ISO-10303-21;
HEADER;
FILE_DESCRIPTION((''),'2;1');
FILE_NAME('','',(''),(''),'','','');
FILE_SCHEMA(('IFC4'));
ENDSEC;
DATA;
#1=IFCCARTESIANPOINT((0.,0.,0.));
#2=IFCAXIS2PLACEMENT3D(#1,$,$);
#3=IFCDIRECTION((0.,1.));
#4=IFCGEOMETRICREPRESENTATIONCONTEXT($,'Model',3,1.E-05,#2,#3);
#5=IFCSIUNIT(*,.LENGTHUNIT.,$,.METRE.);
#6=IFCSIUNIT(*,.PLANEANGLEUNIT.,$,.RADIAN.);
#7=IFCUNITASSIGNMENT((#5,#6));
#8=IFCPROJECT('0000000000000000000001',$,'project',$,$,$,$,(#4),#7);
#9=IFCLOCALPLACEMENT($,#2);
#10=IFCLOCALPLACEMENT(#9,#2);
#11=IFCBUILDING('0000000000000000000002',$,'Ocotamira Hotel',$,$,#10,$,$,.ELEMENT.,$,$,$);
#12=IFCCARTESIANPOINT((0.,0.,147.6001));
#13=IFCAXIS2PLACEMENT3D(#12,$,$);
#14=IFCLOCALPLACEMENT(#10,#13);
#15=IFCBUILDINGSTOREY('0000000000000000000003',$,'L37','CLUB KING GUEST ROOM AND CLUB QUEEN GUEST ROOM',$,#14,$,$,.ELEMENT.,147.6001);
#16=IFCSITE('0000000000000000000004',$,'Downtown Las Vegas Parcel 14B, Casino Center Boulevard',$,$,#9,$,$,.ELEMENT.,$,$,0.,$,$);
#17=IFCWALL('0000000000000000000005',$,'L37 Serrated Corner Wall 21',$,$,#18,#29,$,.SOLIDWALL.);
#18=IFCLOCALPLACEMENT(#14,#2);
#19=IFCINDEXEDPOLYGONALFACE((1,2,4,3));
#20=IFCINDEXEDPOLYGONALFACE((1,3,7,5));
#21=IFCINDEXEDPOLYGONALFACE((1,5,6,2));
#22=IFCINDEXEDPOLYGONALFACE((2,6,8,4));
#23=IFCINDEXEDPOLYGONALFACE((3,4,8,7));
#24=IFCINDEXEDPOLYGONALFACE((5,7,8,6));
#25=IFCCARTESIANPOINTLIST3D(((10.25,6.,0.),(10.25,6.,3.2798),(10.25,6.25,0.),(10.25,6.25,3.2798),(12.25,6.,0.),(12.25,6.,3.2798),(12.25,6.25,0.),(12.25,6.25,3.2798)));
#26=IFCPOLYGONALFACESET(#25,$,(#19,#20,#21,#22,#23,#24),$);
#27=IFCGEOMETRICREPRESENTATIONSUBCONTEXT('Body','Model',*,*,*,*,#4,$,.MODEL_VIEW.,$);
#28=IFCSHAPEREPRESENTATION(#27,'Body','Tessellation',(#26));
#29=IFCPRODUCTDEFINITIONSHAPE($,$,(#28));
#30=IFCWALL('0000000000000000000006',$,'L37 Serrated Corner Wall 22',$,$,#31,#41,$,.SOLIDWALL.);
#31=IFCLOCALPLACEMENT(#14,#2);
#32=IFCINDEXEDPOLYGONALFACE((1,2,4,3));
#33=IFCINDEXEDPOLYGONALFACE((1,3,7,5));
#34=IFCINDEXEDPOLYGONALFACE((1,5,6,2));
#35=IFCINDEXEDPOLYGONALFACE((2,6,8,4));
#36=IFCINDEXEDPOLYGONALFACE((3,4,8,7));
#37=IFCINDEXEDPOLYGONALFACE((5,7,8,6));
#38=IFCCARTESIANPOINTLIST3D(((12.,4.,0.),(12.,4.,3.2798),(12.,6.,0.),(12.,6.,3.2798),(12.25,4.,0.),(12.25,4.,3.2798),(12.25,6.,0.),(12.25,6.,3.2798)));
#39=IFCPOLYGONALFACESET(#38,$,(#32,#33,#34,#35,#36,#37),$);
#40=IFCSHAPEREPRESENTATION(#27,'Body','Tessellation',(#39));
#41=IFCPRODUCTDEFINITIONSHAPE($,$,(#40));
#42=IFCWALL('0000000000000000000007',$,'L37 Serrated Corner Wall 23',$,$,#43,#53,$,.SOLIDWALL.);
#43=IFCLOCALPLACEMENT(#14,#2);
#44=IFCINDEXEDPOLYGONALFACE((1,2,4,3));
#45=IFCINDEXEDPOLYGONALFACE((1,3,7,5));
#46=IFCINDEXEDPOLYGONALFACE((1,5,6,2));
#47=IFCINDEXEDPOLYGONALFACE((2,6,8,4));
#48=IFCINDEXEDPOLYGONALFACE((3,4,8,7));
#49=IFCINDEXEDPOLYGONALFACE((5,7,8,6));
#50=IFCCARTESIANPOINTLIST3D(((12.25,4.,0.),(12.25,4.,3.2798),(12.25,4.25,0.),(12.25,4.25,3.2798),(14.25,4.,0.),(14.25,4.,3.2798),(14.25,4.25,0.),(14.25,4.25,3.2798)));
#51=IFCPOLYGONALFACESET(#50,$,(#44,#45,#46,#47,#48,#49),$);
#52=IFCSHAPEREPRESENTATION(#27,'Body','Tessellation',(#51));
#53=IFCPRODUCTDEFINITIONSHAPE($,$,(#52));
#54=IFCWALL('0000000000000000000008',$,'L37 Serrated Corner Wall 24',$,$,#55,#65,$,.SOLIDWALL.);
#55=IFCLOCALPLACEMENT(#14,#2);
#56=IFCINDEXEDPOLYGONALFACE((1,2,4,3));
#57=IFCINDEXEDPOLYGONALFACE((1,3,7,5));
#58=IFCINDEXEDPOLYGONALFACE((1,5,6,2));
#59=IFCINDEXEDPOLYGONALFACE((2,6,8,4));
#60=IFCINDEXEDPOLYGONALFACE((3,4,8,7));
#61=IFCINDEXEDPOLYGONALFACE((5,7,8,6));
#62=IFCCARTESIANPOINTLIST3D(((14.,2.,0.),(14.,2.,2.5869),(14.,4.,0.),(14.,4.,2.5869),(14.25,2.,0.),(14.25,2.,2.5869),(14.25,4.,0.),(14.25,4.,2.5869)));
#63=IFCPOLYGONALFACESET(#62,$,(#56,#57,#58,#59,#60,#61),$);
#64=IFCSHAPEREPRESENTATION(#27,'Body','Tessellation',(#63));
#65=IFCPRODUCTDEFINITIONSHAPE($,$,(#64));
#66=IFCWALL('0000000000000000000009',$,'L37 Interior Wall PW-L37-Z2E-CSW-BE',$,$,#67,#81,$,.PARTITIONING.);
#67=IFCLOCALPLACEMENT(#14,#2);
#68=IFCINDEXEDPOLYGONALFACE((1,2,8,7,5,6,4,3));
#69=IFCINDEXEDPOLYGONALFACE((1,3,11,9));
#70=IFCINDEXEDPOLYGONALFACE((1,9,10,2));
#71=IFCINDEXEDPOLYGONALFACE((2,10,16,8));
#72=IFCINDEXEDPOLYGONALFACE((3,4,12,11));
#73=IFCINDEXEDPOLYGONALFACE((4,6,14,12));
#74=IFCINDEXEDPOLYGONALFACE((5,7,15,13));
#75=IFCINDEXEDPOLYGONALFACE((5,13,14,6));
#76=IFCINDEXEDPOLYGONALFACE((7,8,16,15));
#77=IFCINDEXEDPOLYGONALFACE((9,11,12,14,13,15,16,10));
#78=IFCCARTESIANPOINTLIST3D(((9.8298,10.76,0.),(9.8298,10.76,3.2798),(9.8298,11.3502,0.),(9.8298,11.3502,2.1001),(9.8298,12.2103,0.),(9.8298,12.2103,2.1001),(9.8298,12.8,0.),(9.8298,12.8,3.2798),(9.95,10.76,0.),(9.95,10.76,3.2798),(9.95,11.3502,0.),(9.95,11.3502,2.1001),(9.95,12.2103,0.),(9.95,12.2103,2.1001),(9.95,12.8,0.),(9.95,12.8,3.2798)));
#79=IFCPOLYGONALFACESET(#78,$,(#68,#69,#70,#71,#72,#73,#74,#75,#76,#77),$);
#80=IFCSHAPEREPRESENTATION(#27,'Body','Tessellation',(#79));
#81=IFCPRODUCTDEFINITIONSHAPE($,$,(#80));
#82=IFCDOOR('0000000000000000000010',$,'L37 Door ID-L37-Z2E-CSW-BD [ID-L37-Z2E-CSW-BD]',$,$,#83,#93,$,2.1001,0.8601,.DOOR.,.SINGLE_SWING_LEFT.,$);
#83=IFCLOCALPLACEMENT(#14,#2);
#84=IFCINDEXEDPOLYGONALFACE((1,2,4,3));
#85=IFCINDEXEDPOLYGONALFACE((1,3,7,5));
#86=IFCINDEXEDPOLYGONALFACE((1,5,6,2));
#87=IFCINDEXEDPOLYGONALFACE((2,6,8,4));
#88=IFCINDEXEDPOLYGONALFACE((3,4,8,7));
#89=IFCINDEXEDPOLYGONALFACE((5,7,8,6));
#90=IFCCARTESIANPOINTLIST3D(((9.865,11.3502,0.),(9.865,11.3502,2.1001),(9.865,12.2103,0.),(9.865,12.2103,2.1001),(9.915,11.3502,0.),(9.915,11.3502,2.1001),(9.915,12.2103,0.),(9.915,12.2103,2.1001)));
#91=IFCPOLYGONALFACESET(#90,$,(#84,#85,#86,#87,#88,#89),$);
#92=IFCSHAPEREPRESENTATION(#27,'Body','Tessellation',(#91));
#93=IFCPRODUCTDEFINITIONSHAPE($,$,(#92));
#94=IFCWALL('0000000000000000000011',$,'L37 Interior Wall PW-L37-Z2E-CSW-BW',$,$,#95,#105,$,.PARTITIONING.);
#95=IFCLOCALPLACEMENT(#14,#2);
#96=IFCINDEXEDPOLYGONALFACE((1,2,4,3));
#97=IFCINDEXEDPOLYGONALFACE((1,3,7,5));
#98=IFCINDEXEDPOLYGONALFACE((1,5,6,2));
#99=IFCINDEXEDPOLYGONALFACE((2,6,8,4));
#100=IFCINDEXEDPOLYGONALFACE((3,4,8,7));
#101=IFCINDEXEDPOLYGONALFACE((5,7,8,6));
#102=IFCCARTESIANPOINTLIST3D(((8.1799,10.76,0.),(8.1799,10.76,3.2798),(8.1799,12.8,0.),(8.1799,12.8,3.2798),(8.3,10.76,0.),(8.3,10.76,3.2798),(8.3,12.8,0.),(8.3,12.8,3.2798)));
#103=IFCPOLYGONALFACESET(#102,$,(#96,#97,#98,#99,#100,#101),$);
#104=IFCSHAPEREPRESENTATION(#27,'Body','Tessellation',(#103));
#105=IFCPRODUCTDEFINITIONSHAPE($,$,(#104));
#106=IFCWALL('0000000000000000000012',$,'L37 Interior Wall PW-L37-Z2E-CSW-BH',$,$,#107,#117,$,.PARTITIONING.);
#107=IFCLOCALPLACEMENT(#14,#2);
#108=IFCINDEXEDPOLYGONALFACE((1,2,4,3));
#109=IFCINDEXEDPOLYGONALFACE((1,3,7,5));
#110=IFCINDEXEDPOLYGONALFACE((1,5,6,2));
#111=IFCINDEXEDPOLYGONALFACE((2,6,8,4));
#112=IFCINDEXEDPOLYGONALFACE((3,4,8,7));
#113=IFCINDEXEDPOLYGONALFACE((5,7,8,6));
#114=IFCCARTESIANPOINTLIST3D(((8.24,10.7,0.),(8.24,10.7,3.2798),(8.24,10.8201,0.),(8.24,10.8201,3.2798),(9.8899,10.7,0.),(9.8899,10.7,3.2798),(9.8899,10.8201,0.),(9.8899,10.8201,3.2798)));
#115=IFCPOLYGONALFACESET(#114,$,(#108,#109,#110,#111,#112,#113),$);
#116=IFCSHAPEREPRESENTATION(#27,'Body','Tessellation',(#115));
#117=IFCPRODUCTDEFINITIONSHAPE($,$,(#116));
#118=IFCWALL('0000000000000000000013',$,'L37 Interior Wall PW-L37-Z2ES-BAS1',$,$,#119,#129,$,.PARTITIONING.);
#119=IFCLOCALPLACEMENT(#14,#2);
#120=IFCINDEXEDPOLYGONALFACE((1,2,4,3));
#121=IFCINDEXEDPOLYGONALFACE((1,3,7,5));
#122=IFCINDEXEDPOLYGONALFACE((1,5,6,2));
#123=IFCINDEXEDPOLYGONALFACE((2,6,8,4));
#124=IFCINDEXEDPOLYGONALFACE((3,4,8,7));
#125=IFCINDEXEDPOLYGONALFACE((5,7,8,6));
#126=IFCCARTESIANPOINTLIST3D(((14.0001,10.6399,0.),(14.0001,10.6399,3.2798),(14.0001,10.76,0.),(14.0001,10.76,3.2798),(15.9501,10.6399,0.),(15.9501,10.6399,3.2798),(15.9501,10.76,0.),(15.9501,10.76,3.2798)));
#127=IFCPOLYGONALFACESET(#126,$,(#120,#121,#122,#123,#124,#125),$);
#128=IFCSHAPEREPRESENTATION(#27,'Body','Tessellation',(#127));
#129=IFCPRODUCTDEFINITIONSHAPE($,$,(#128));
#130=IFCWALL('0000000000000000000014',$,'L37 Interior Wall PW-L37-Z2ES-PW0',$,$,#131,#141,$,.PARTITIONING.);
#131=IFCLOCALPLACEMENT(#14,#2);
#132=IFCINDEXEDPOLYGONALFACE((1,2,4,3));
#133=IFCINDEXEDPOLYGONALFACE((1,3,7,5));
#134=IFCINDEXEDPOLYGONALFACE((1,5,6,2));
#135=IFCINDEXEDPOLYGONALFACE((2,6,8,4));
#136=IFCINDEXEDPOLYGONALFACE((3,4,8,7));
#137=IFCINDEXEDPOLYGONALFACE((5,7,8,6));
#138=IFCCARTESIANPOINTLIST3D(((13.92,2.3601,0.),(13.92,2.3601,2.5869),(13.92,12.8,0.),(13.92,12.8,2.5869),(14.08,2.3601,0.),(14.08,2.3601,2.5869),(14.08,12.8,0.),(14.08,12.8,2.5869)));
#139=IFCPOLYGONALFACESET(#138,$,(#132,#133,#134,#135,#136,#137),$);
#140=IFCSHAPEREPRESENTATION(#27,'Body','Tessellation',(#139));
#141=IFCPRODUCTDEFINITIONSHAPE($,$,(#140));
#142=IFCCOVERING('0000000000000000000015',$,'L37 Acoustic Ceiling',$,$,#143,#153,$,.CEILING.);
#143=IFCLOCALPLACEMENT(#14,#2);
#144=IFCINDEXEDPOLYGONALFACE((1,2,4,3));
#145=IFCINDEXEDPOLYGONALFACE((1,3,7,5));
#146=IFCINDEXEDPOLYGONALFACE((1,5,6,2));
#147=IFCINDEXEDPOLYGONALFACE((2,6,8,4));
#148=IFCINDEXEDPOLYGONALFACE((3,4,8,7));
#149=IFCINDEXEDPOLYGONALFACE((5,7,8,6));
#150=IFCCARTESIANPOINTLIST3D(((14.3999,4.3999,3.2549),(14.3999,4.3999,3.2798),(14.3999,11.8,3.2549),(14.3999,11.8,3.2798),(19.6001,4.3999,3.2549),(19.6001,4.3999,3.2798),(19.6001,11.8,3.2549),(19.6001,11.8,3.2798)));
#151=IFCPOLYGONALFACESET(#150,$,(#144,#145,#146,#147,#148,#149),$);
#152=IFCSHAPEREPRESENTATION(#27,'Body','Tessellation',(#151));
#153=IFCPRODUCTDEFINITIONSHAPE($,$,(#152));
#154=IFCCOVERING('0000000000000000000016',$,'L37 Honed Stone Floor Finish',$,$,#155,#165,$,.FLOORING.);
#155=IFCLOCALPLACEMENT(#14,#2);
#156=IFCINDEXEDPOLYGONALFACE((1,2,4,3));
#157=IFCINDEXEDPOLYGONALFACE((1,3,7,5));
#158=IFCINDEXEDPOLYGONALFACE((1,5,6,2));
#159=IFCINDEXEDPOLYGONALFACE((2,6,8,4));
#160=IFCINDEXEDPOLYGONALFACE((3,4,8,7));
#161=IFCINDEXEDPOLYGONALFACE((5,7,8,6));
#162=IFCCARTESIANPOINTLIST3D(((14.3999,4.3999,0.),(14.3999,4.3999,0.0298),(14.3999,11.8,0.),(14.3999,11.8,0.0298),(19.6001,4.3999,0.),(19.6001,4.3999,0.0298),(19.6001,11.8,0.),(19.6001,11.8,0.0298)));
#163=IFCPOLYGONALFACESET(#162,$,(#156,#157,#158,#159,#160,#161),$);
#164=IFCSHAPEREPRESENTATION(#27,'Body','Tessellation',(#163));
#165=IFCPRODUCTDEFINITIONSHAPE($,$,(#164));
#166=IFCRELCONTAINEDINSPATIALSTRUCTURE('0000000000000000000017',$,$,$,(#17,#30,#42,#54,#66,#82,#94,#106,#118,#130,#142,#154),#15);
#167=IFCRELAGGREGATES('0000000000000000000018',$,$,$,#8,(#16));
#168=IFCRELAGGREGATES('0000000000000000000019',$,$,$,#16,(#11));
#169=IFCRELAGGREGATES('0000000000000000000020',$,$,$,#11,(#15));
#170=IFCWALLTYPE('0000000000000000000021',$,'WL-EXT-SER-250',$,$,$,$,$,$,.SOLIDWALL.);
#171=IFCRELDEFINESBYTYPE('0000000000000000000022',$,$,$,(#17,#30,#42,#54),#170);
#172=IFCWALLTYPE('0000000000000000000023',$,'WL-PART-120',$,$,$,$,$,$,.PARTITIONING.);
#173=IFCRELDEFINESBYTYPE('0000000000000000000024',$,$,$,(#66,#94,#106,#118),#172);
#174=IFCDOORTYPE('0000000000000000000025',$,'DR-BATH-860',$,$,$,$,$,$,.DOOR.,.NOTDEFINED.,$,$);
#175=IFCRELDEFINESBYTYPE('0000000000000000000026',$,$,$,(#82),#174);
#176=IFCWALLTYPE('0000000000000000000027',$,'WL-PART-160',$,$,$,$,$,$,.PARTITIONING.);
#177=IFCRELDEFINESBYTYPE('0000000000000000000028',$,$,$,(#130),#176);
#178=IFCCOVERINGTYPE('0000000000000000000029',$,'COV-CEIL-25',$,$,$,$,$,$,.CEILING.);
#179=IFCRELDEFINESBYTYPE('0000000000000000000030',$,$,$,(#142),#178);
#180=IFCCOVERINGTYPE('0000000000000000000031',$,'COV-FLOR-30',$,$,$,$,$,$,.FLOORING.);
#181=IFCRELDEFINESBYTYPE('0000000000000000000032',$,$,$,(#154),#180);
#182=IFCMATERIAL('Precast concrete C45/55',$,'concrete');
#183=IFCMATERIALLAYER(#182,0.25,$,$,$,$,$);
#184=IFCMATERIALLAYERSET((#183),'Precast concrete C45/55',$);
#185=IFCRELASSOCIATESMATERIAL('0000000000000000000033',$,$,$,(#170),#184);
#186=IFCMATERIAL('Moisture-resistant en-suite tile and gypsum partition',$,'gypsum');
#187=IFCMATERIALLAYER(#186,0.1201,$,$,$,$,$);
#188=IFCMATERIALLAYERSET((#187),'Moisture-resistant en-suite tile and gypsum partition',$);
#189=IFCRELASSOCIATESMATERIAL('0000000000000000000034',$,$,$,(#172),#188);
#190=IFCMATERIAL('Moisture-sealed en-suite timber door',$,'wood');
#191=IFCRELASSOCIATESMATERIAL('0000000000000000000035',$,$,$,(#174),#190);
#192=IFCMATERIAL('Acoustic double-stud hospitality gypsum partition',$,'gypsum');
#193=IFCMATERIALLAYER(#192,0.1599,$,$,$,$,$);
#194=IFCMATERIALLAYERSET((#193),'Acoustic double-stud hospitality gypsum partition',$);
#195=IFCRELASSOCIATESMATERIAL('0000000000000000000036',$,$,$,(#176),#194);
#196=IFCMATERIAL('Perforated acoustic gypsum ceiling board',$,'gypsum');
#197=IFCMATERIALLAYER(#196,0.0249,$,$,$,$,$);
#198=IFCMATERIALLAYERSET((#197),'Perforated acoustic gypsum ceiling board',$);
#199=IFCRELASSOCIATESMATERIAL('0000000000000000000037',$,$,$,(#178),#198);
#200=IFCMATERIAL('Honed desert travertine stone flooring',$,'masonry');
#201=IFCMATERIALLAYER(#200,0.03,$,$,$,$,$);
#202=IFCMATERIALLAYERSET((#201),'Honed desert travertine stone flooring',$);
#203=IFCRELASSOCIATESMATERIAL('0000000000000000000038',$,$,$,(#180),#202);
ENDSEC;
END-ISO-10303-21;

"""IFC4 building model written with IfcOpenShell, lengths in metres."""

from ifc_helpers import new_model, si_unit, direction, frame, frame_2d, origin, place, context, subcontext, project, spatial, polyline, rectangle, outline, extrude, source, transform, mapped, material, layer, layer_set, type_object, element, fill, save


model = new_model("IFC4")

# Units and contexts
model_context = context("Model", 3, precision=1e-05, world=origin(), true_north=direction((0.0, 1.0)))
body_context = subcontext(model_context, "Body", "Model", "MODEL_VIEW")
ifc_project = project(units=[si_unit("LENGTHUNIT", "METRE"), si_unit("PLANEANGLEUNIT", "RADIAN")], contexts=[model_context])

# Site, building, storey
site_placement = place(None, origin())
site = spatial("IfcSite", under=ifc_project, at=site_placement, Name="Downtown Las Vegas Parcel 14B, Casino Center Boulevard", CompositionType="ELEMENT", RefElevation=0.0)
building_placement = place(site_placement, origin())
building = spatial("IfcBuilding", under=site, at=building_placement, Name="Ocotamira Hotel", CompositionType="ELEMENT")
storey_placement = place(building_placement, frame((0.0, 0.0, 147.6001)))
storey = spatial("IfcBuildingStorey", under=building, at=storey_placement, Name="L37", Description="CLUB KING GUEST ROOM AND CLUB QUEEN GUEST ROOM", CompositionType="ELEMENT", Elevation=147.6001)

# Walls
ifc_material_1 = material(Name="Precast concrete C45/55", Category="concrete")
ifc_layer_1 = layer(ifc_material_1, 0.25)
ifc_layer_set_1 = layer_set([ifc_layer_1], Name="Precast concrete C45/55")
wall_type_1 = type_object("IfcWallType", Name="WL-EXT-SER-250", PredefinedType="SOLIDWALL", material=ifc_layer_set_1)
for number, where, z_axis, x_axis, name in (
    (1, (10.25, 6.125, 0.0), (0.0, 0.0, 1.0), (1.0, 0.0, 0.0), "L37 Serrated Corner Wall 21"),
    (2, (12.125, 6.0, 0.0), (0.0, 0.0, 1.0), (0.0, -1.0, 0.0), "L37 Serrated Corner Wall 22"),
    (3, (12.25, 4.125, 0.0), (0.0, 0.0, 1.0), (1.0, 0.0, 0.0), "L37 Serrated Corner Wall 23"),
):
    element("IfcWall", number, at=place(storey_placement, frame(where, z_axis=z_axis, x_axis=x_axis)), inside=storey, type_object=wall_type_1, Name=name, PredefinedType="SOLIDWALL", context=body_context, shape_type="SweptSolid", body=[
        extrude(rectangle(XDim=2.0, YDim=0.25, at=frame_2d((1.0, 0.0))), origin(), (0.0, 0.0, 1.0), 3.2798),
    ])
wall_1_placement = place(storey_placement, frame((14.125, 4.0, 0.0), z_axis=(0.0, 0.0, 1.0), x_axis=(0.0, -1.0, 0.0)))
element("IfcWall", 4, at=wall_1_placement, inside=storey, type_object=wall_type_1, Name="L37 Serrated Corner Wall 24", PredefinedType="SOLIDWALL", context=body_context, shape_type="SweptSolid", body=[
    extrude(rectangle(XDim=2.0, YDim=0.25, at=frame_2d((1.0, 0.0))), origin(), (0.0, 0.0, 1.0), 2.5869),
])

# Wall, opening, door
ifc_material_2 = material(Name="Moisture-resistant en-suite tile and gypsum partition", Category="gypsum")
ifc_layer_2 = layer(ifc_material_2, 0.1201)
ifc_layer_set_2 = layer_set([ifc_layer_2], Name="Moisture-resistant en-suite tile and gypsum partition")
wall_type_2 = type_object("IfcWallType", Name="WL-PART-120", PredefinedType="PARTITIONING", material=ifc_layer_set_2)
wall_2_placement = place(storey_placement, frame((9.8899, 10.76, 0.0), z_axis=(0.0, 0.0, 1.0), x_axis=(0.0, 1.0, 0.0)))
wall_2 = element("IfcWall", 5, at=wall_2_placement, inside=storey, type_object=wall_type_2, Name="L37 Interior Wall PW-L37-Z2E-CSW-BE", PredefinedType="PARTITIONING", context=body_context, shape_type="SweptSolid", body=[
    extrude(rectangle(XDim=2.04, YDim=0.1201, at=frame_2d((1.02, 0.0))), origin(), (0.0, 0.0, 1.0), 3.2798),
])
opening_1_placement = place(wall_2_placement, frame((0.5901, 0.0, 0.0)))
opening_1 = element("IfcOpeningElement", 6, at=opening_1_placement, cuts=wall_2, PredefinedType="OPENING", context=body_context, shape_type="SweptSolid", body=[
    extrude(rectangle(XDim=0.8601, YDim=2.1001, at=frame_2d((0.4302, 1.05))), frame((0.0, 0.0701, 0.0), z_axis=(0.0, -1.0, 0.0), x_axis=(1.0, 0.0, 0.0)), (0.0, 0.0, 1.0), 0.1401),
])
ifc_material_3 = material(Name="Moisture-sealed en-suite timber door", Category="wood")
door_type_1 = type_object("IfcDoorType", Name="DR-BATH-860", OperationType="NOTDEFINED", PredefinedType="DOOR", material=ifc_material_3)
shared_shape_1 = source(origin(), body_context, "Body", "SweptSolid", [
    extrude(rectangle(XDim=0.8601, YDim=2.1001, at=frame_2d((0.4302, 1.05))), frame((0.0, 0.0249, 0.0), z_axis=(0.0, -1.0, 0.0), x_axis=(1.0, 0.0, 0.0)), (0.0, 0.0, 1.0), 0.05),
])
door_1_placement = place(opening_1_placement, origin())
door_1 = element("IfcDoor", 7, at=door_1_placement, inside=storey, type_object=door_type_1, Name="L37 Door ID-L37-Z2E-CSW-BD [ID-L37-Z2E-CSW-BD]", OperationType="SINGLE_SWING_LEFT", OverallHeight=2.1001, OverallWidth=0.8601, PredefinedType="DOOR", context=body_context, shape_type="MappedRepresentation", body=[
    mapped(shared_shape_1, transform((0.0, 0.0, 0.0), scale=1.0)),
])
fill(opening_1, door_1)

# Walls
wall_3_placement = place(storey_placement, frame((8.24, 10.76, 0.0), z_axis=(0.0, 0.0, 1.0), x_axis=(0.0, 1.0, 0.0)))
element("IfcWall", 8, at=wall_3_placement, inside=storey, type_object=wall_type_2, Name="L37 Interior Wall PW-L37-Z2E-CSW-BW", PredefinedType="PARTITIONING", context=body_context, shape_type="SweptSolid", body=[
    extrude(rectangle(XDim=2.04, YDim=0.1201, at=frame_2d((1.02, 0.0))), origin(), (0.0, 0.0, 1.0), 3.2798),
])
wall_4_placement = place(storey_placement, frame((8.24, 10.76, 0.0), z_axis=(0.0, 0.0, 1.0), x_axis=(1.0, 0.0, 0.0)))
element("IfcWall", 9, at=wall_4_placement, inside=storey, type_object=wall_type_2, Name="L37 Interior Wall PW-L37-Z2E-CSW-BH", PredefinedType="PARTITIONING", context=body_context, shape_type="SweptSolid", body=[
    extrude(rectangle(XDim=1.6499, YDim=0.1201, at=frame_2d((0.825, 0.0))), origin(), (0.0, 0.0, 1.0), 3.2798),
])
wall_5_placement = place(storey_placement, frame((14.0, 10.7, 0.0), z_axis=(0.0, 0.0, 1.0), x_axis=(1.0, 0.0, 0.0)))
element("IfcWall", 10, at=wall_5_placement, inside=storey, type_object=wall_type_2, Name="L37 Interior Wall PW-L37-Z2ES-BAS1", PredefinedType="PARTITIONING", context=body_context, shape_type="SweptSolid", body=[
    extrude(rectangle(XDim=1.95, YDim=0.1201, at=frame_2d((0.9751, 0.0))), origin(), (0.0, 0.0, 1.0), 3.2798),
])
ifc_material_4 = material(Name="Acoustic double-stud hospitality gypsum partition", Category="gypsum")
ifc_layer_3 = layer(ifc_material_4, 0.1599)
ifc_layer_set_3 = layer_set([ifc_layer_3], Name="Acoustic double-stud hospitality gypsum partition")
wall_type_3 = type_object("IfcWallType", Name="WL-PART-160", PredefinedType="PARTITIONING", material=ifc_layer_set_3)
wall_6_placement = place(storey_placement, frame((14.0, 2.3601, 0.0), z_axis=(0.0, 0.0, 1.0), x_axis=(0.0, 1.0, 0.0)))
element("IfcWall", 11, at=wall_6_placement, inside=storey, type_object=wall_type_3, Name="L37 Interior Wall PW-L37-Z2ES-PW0", PredefinedType="PARTITIONING", context=body_context, shape_type="SweptSolid", body=[
    extrude(rectangle(XDim=10.4399, YDim=0.1599, at=frame_2d((5.22, 0.0))), origin(), (0.0, 0.0, 1.0), 2.5869),
])

# Coverings
ifc_material_5 = material(Name="Perforated acoustic gypsum ceiling board", Category="gypsum")
ifc_layer_4 = layer(ifc_material_5, 0.0249)
ifc_layer_set_4 = layer_set([ifc_layer_4], Name="Perforated acoustic gypsum ceiling board")
covering_type_1 = type_object("IfcCoveringType", Name="COV-CEIL-25", PredefinedType="CEILING", material=ifc_layer_set_4)
covering_1_placement = place(storey_placement, frame((0.0, 0.0, 3.2549)))
element("IfcCovering", 12, at=covering_1_placement, inside=storey, type_object=covering_type_1, Name="L37 Acoustic Ceiling", PredefinedType="CEILING", context=body_context, shape_type="SweptSolid", body=[
    extrude(outline(polyline([(14.3999, 4.3999), (19.6001, 4.3999), (19.6001, 11.8), (14.3999, 11.8), (14.3999, 4.3999)])), origin(), (0.0, 0.0, 1.0), 0.0249),
])
ifc_material_6 = material(Name="Honed desert travertine stone flooring", Category="masonry")
ifc_layer_5 = layer(ifc_material_6, 0.03)
ifc_layer_set_5 = layer_set([ifc_layer_5], Name="Honed desert travertine stone flooring")
covering_type_2 = type_object("IfcCoveringType", Name="COV-FLOR-30", PredefinedType="FLOORING", material=ifc_layer_set_5)
covering_2_placement = place(storey_placement, origin())
element("IfcCovering", 13, at=covering_2_placement, inside=storey, type_object=covering_type_2, Name="L37 Honed Stone Floor Finish", PredefinedType="FLOORING", context=body_context, shape_type="SweptSolid", body=[
    extrude(outline(polyline([(14.3999, 4.3999), (19.6001, 4.3999), (19.6001, 11.8), (14.3999, 11.8), (14.3999, 4.3999)])), origin(), (0.0, 0.0, 1.0), 0.0298),
])

save(model, "model.ifc")
